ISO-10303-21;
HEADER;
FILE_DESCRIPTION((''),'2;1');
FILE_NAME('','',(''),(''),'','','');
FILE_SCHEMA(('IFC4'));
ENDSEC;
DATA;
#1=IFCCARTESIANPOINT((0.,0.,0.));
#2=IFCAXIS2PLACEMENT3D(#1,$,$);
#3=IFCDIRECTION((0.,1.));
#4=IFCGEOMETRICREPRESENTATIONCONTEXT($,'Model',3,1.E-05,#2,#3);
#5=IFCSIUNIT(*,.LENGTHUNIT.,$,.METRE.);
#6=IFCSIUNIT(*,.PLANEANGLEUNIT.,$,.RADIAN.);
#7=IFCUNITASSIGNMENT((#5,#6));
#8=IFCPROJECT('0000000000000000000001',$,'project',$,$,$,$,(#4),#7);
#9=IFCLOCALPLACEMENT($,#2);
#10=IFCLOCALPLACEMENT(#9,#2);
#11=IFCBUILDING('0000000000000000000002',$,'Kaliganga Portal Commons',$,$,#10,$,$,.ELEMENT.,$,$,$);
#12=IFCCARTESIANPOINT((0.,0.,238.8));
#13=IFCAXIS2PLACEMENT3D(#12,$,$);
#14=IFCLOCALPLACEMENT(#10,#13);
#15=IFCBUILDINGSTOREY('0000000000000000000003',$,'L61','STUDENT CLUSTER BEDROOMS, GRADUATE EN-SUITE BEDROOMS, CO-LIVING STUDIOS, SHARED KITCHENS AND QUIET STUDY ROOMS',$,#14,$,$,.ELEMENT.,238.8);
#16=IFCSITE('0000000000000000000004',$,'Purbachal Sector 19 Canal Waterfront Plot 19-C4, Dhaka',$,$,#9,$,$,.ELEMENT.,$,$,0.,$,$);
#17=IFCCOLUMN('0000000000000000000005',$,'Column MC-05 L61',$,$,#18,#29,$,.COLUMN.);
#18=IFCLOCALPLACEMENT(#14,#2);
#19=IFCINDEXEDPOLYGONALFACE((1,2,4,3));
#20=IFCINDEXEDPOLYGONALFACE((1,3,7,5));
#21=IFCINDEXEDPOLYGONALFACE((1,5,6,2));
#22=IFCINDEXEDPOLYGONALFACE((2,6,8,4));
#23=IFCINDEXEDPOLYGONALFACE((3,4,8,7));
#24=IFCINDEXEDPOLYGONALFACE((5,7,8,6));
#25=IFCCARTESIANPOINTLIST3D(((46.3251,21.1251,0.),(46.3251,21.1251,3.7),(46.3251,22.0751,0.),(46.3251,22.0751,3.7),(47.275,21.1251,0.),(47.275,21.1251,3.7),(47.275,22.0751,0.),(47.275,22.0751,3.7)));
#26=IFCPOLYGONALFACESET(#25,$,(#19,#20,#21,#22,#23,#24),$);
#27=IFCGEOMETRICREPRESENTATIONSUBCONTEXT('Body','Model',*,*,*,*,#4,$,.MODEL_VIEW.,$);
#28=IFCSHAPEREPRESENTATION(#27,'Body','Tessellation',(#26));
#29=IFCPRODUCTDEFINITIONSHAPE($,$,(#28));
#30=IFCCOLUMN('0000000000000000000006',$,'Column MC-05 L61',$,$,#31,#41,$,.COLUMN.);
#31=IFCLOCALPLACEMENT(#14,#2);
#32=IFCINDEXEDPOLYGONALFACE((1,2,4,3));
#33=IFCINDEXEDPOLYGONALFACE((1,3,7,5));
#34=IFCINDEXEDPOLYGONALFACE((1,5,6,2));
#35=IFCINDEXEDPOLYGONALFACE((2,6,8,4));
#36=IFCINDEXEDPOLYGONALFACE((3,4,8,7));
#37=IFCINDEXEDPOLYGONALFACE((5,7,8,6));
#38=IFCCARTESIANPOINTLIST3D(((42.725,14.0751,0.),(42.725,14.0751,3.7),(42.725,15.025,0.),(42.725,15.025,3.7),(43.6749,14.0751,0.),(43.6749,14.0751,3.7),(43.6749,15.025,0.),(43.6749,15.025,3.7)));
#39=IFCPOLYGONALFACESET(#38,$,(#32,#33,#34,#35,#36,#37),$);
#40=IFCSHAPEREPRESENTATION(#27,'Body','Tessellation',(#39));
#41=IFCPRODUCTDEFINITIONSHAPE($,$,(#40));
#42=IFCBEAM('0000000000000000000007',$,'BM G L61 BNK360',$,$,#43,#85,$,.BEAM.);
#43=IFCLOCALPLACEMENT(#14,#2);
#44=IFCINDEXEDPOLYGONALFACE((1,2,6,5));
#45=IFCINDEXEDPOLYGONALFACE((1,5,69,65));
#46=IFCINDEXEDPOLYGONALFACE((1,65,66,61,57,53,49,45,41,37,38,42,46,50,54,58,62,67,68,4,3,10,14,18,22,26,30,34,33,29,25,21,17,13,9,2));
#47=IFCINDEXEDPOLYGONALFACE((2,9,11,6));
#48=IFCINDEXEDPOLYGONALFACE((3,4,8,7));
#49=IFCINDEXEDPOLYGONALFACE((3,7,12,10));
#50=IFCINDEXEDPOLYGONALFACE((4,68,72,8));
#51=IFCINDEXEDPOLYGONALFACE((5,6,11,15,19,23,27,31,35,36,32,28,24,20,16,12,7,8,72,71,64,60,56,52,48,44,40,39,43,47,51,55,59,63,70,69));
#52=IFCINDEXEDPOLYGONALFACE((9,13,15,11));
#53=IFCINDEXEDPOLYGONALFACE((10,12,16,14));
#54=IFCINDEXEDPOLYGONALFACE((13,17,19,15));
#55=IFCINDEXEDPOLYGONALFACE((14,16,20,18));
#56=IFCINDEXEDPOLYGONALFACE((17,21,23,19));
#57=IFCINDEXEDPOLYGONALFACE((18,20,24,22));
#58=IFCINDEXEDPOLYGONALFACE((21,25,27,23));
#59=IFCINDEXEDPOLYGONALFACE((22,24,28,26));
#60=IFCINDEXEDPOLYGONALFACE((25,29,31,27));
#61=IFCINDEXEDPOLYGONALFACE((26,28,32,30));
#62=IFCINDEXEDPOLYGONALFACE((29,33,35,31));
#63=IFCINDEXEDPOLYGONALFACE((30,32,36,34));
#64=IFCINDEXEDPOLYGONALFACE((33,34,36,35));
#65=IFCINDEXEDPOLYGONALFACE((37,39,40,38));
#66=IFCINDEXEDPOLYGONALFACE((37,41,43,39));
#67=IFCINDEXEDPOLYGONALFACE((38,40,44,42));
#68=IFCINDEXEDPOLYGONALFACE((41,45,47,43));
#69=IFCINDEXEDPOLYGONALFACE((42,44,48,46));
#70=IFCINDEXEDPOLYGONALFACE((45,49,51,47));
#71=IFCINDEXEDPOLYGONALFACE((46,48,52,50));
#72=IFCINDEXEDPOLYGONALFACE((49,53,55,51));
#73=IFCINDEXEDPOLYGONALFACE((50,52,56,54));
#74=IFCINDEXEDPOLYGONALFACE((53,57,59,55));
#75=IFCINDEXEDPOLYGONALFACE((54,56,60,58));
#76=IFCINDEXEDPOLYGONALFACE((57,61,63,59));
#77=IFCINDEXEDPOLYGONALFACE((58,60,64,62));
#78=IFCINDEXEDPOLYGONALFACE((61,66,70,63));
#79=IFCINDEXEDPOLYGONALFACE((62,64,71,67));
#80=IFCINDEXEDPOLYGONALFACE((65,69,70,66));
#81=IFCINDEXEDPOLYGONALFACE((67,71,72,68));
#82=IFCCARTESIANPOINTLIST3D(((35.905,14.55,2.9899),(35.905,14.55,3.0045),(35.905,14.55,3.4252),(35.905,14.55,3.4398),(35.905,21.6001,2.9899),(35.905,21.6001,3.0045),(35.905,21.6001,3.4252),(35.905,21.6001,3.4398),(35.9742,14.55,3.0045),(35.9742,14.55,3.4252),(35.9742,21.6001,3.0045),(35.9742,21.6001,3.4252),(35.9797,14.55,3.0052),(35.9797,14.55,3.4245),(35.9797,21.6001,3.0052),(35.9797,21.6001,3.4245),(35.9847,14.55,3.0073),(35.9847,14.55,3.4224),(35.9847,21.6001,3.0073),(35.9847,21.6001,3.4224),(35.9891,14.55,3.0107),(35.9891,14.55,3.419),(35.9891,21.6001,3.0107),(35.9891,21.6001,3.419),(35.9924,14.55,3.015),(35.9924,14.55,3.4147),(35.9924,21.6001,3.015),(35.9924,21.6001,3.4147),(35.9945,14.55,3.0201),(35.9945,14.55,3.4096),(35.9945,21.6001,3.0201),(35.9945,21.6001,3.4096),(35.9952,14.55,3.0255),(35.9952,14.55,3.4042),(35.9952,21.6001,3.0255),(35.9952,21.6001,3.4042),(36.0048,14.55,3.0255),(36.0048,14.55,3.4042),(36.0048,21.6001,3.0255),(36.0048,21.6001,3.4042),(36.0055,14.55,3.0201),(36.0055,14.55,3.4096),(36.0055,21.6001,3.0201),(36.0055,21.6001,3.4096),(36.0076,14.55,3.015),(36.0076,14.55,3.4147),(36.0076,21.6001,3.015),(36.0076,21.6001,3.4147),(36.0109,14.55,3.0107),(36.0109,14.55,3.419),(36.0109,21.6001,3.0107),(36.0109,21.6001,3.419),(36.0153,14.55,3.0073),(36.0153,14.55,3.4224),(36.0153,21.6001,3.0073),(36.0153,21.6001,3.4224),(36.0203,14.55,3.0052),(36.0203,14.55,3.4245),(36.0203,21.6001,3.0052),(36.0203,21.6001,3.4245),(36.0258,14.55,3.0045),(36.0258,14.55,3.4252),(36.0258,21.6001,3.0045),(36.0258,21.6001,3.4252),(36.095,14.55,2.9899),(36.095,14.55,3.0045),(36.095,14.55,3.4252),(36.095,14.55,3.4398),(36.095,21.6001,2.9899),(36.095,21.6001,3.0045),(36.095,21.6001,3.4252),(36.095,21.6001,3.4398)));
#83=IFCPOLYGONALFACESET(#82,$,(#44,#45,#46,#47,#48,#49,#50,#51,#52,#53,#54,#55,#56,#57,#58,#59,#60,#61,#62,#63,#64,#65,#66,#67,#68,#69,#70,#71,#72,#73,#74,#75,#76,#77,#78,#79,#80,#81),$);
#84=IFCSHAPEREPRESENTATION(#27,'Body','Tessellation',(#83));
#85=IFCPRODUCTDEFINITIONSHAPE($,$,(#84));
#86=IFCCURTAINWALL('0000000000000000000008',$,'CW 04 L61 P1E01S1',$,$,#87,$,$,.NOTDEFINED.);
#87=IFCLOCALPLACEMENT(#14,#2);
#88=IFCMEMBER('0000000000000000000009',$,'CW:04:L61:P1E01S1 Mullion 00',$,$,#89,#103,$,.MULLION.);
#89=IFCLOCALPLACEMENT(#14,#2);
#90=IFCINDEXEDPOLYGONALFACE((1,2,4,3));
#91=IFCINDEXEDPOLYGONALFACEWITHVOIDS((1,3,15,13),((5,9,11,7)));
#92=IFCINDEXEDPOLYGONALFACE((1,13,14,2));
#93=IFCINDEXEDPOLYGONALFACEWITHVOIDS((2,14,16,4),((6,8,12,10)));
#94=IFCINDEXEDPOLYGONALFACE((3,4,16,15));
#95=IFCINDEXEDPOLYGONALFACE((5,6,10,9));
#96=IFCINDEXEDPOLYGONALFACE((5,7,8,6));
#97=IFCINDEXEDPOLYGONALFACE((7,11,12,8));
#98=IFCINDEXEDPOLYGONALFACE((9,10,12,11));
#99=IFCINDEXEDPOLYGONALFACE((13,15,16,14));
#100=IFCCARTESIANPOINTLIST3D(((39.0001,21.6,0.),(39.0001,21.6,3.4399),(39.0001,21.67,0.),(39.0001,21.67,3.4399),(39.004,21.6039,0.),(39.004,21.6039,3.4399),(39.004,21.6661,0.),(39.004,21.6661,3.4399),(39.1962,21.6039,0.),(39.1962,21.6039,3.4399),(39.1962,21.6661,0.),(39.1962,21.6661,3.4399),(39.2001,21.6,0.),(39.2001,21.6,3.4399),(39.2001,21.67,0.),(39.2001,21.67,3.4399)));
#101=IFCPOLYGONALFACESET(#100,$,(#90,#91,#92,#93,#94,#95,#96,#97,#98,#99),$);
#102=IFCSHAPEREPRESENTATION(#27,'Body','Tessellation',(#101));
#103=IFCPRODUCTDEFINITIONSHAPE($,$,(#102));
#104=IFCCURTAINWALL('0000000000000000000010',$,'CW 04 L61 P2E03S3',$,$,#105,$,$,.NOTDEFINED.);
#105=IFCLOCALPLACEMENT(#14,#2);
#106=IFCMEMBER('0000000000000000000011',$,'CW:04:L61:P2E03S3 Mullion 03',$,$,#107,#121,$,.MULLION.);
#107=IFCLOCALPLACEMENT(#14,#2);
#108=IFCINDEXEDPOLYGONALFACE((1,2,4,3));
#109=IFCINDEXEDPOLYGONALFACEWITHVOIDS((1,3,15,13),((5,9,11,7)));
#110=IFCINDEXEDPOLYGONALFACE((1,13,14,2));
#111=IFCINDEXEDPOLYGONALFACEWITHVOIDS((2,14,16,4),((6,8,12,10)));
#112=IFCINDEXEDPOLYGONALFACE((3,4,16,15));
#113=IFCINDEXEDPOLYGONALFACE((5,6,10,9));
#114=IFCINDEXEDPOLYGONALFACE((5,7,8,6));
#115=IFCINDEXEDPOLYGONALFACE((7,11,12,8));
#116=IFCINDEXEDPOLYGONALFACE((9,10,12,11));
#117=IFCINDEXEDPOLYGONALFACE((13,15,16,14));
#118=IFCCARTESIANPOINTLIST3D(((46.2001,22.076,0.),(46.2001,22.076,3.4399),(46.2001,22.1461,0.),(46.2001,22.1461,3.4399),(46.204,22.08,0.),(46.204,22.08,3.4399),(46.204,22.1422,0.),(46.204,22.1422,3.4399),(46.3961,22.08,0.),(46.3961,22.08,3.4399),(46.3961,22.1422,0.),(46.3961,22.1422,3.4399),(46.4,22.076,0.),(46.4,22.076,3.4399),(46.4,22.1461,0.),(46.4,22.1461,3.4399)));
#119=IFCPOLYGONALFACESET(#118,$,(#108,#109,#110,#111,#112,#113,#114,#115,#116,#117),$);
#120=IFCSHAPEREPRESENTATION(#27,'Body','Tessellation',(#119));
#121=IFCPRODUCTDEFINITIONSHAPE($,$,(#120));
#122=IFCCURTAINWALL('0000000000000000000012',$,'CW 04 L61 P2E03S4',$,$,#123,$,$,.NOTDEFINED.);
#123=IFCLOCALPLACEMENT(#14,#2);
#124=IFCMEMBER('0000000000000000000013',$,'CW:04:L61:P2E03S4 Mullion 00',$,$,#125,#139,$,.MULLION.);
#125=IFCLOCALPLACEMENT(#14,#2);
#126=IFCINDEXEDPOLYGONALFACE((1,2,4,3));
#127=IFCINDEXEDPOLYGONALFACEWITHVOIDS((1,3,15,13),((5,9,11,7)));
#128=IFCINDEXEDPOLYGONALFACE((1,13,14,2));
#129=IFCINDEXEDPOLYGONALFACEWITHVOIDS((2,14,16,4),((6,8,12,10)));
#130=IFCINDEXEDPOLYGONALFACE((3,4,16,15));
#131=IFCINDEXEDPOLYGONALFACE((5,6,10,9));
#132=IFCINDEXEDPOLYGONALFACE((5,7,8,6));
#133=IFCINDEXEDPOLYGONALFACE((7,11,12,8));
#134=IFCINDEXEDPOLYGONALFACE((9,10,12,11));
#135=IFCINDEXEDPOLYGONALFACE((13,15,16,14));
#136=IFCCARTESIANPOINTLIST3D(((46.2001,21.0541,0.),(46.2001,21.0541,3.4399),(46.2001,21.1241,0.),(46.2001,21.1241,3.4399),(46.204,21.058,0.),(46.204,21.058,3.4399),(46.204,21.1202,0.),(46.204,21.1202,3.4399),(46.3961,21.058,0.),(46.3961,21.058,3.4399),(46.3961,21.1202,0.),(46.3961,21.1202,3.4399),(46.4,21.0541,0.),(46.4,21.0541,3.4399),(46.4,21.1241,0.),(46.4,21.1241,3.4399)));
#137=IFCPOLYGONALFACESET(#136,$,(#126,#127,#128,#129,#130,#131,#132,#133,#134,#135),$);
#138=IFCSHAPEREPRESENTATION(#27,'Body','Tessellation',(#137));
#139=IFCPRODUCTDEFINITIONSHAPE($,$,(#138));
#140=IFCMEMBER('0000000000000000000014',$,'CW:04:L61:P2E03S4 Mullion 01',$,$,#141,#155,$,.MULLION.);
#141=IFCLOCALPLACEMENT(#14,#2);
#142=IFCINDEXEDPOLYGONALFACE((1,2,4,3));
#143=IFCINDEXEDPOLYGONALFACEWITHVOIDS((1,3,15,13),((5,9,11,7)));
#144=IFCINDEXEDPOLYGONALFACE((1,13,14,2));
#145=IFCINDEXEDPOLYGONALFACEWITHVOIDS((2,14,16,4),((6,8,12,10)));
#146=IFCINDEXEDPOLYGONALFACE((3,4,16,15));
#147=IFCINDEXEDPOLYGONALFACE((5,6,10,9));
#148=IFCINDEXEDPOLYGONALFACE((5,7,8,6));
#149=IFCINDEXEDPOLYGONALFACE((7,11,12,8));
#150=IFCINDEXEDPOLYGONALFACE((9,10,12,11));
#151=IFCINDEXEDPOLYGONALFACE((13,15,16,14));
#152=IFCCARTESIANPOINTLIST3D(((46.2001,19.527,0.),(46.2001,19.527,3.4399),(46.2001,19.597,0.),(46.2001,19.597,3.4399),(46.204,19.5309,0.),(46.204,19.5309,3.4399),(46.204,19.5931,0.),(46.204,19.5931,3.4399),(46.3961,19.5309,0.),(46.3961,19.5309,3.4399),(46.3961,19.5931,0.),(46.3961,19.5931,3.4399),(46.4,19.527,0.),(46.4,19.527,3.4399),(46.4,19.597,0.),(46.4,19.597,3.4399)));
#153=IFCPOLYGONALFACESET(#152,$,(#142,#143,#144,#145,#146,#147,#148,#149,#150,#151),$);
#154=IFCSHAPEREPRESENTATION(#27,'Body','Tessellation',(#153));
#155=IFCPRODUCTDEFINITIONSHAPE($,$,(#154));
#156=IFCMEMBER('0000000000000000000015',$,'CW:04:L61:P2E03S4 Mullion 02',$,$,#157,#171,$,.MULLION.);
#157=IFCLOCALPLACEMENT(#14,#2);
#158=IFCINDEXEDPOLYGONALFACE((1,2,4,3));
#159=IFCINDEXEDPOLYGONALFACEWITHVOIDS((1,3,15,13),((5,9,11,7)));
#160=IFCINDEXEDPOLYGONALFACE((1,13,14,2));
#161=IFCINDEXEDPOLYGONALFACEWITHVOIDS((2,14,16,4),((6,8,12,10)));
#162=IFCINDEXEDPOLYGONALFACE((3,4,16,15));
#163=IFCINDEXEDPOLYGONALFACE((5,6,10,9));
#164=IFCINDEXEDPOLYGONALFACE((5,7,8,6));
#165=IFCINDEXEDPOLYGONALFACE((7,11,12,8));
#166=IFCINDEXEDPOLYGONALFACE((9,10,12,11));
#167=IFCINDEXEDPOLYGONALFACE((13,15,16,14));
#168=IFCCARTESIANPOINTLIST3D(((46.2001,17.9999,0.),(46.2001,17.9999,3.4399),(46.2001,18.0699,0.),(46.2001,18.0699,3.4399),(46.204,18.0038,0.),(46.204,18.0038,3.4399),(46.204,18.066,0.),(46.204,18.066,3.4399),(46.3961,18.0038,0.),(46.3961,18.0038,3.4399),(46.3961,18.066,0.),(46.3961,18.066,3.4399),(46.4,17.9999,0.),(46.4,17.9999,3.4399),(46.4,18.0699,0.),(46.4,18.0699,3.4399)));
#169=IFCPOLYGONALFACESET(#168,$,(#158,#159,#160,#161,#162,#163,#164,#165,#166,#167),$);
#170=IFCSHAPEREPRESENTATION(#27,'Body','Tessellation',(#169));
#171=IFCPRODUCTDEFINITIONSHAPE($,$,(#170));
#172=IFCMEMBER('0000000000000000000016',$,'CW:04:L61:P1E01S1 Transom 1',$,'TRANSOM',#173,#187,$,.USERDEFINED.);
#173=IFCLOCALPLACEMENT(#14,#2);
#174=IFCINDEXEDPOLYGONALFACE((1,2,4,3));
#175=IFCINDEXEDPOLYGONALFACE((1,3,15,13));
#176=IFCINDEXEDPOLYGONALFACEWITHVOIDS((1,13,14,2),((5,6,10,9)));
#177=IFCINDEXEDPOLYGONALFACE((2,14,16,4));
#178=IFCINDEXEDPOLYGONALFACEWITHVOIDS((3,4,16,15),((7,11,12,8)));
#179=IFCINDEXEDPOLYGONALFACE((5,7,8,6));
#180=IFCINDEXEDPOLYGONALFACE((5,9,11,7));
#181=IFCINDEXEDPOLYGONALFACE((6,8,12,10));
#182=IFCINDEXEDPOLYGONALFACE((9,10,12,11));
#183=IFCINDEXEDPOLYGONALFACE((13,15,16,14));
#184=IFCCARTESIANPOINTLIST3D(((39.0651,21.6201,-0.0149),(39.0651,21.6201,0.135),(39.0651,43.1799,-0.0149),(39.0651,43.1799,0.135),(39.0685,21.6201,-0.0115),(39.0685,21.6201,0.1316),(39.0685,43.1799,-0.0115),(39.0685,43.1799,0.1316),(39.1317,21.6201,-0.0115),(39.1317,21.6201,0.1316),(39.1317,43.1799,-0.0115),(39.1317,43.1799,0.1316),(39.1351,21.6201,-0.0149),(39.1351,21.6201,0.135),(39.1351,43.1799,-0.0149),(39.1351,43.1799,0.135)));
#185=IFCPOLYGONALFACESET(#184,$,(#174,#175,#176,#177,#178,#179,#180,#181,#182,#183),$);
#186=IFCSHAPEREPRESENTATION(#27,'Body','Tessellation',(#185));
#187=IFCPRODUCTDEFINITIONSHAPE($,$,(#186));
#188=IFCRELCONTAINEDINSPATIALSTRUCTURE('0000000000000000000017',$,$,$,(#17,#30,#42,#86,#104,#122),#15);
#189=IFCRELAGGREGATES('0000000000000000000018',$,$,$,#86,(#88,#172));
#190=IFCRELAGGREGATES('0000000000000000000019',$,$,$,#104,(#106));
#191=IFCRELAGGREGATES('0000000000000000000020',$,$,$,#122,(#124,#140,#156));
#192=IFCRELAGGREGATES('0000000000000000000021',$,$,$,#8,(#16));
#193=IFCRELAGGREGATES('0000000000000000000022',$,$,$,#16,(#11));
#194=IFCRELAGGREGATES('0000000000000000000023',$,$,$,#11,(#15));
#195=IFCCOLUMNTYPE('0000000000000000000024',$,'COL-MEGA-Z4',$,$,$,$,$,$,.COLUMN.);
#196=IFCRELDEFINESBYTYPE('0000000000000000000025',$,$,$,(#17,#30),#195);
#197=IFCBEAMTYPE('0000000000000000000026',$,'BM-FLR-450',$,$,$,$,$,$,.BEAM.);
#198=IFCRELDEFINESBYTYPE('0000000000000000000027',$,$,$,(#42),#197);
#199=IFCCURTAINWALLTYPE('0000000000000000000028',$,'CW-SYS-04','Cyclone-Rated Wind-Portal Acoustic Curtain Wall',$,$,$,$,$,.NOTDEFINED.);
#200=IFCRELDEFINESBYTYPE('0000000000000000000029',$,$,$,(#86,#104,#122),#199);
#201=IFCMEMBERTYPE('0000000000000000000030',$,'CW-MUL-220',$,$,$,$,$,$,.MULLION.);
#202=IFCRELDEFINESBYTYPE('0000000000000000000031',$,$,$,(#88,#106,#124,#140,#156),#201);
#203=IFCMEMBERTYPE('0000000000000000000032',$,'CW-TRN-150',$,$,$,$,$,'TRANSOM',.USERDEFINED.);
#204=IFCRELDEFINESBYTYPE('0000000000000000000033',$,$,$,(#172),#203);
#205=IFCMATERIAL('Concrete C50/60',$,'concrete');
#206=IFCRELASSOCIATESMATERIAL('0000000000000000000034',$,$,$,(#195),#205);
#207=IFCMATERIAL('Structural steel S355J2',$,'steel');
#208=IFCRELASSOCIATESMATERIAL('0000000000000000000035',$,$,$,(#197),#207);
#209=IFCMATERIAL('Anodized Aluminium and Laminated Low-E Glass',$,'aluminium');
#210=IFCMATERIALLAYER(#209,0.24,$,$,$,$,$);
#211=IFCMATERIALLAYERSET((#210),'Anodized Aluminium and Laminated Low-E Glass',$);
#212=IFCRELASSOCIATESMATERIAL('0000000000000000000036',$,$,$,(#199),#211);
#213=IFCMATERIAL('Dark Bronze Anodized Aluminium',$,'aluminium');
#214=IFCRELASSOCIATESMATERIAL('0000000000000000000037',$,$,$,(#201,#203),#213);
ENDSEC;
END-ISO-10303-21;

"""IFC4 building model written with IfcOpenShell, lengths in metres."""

from ifc_helpers import new_model, si_unit, direction, frame, origin, origin_2d, place, context, subcontext, project, spatial, rectangle, hollow_rectangle, i_section, extrude, source, transform, mapped, material, layer, layer_set, material_profile, profile_set, type_object, element, aggregate, save


model = new_model("IFC4")

# Units and contexts
model_context = context("Model", 3, precision=1e-05, world=origin(), true_north=direction((0.0, 1.0)))
body_context = subcontext(model_context, "Body", "Model", "MODEL_VIEW")
ifc_project = project(units=[si_unit("LENGTHUNIT", "METRE"), si_unit("PLANEANGLEUNIT", "RADIAN")], contexts=[model_context])

# Site, building, storey
site_placement = place(None, origin())
site = spatial("IfcSite", under=ifc_project, at=site_placement, Name="Purbachal Sector 19 Canal Waterfront Plot 19-C4, Dhaka", CompositionType="ELEMENT", RefElevation=0.0)
building_placement = place(site_placement, origin())
building = spatial("IfcBuilding", under=site, at=building_placement, Name="Kaliganga Portal Commons", CompositionType="ELEMENT")
storey_placement = place(building_placement, frame((0.0, 0.0, 238.8)))
storey = spatial("IfcBuildingStorey", under=building, at=storey_placement, Name="L61", Description="STUDENT CLUSTER BEDROOMS, GRADUATE EN-SUITE BEDROOMS, CO-LIVING STUDIOS, SHARED KITCHENS AND QUIET STUDY ROOMS", CompositionType="ELEMENT", Elevation=238.8)

# Columns
ifc_material_1 = material(Name="Concrete C50/60", Category="concrete")
ifc_material_profile_1 = material_profile(ifc_material_1, rectangle(XDim=0.95, YDim=0.95, at=origin_2d()), Name="RC 950x950")
ifc_profile_set_1 = profile_set([ifc_material_profile_1], Name="Concrete C50/60")
column_type = type_object("IfcColumnType", Name="COL-MEGA-Z4", PredefinedType="COLUMN", material=ifc_profile_set_1)
shared_shape_1 = source(origin(), body_context, "Body", "SweptSolid", [
    extrude(rectangle(XDim=0.95, YDim=0.95, at=origin_2d()), origin(), (0.0, 0.0, 1.0), 3.7),
])
for number, where, z_axis, x_axis, name in (
    (1, (46.8, 21.6001, 0.0), (0.0, 0.0, 1.0), (1.0, 0.0, 0.0), "Column MC-05 L61"),
    (2, (43.2, 14.55, 0.0), (0.0, 0.0, 1.0), (1.0, 0.0, 0.0), "Column MC-05 L61"),
):
    element("IfcColumn", number, at=place(storey_placement, frame(where, z_axis=z_axis, x_axis=x_axis)), inside=storey, type_object=column_type, Name=name, PredefinedType="COLUMN", context=body_context, shape_type="MappedRepresentation", body=[
        mapped(shared_shape_1, transform((0.0, 0.0, 0.0), x_axis=(1.0, 0.0, 0.0), y_axis=(0.0, 1.0, 0.0), z_axis=(0.0, 0.0, 1.0), scale=1.0)),
    ])

# Beam
ifc_material_2 = material(Name="Structural steel S355J2", Category="steel")
ifc_material_profile_2 = material_profile(ifc_material_2, i_section(OverallWidth=0.1899, OverallDepth=0.45, WebThickness=0.0095, FlangeThickness=0.0146, FilletRadius=0.021, at=origin_2d()), Name="IPE 450")
ifc_profile_set_2 = profile_set([ifc_material_profile_2], Name="Structural steel S355J2 wide-flange")
beam_type = type_object("IfcBeamType", Name="BM-FLR-450", PredefinedType="BEAM", material=ifc_profile_set_2)
shared_shape_2 = source(origin(), body_context, "Body", "SweptSolid", [
    extrude(i_section(OverallWidth=0.1899, OverallDepth=0.45, WebThickness=0.0095, FlangeThickness=0.0146, FilletRadius=0.021, at=origin_2d()), origin(), (0.0, 0.0, 1.0), 7.05),
])
beam_placement = place(storey_placement, frame((36.0, 14.55, 3.2148), z_axis=(0.0, 1.0, 0.0), x_axis=(-1.0, 0.0, 0.0)))
element("IfcBeam", 3, at=beam_placement, inside=storey, type_object=beam_type, Name="BM G L61 BNK360", PredefinedType="BEAM", context=body_context, shape_type="MappedRepresentation", body=[
    mapped(shared_shape_2, transform((0.0, 0.0, 0.0), x_axis=(1.0, 0.0, 0.0), y_axis=(0.0, 1.0, 0.0), z_axis=(0.0, 0.0, 1.0), scale=1.0)),
])

# Curtain walls, members
ifc_material_3 = material(Name="Anodized Aluminium and Laminated Low-E Glass", Category="aluminium")
ifc_layer_1 = layer(ifc_material_3, 0.24)
ifc_layer_set_1 = layer_set([ifc_layer_1], Name="Anodized Aluminium and Laminated Low-E Glass")
curtain_wall_type = type_object("IfcCurtainWallType", Name="CW-SYS-04", Description="Cyclone-Rated Wind-Portal Acoustic Curtain Wall", PredefinedType="NOTDEFINED", material=ifc_layer_set_1)
curtain_wall_1_placement = place(storey_placement, origin())
curtain_wall_1 = element("IfcCurtainWall", 4, at=curtain_wall_1_placement, inside=storey, type_object=curtain_wall_type, Name="CW 04 L61 P1E01S1", PredefinedType="NOTDEFINED")
ifc_material_4 = material(Name="Dark Bronze Anodized Aluminium", Category="aluminium")
ifc_material_profile_3 = material_profile(ifc_material_4, hollow_rectangle(XDim=0.0701, YDim=0.2, WallThickness=0.0039, at=origin_2d()), Name="ALU MULL 70x200x4")
ifc_profile_set_3 = profile_set([ifc_material_profile_3], Name="Dark Bronze Anodized Aluminium")
member_type_1 = type_object("IfcMemberType", Name="CW-MUL-220", PredefinedType="MULLION", material=ifc_profile_set_3)
shared_shape_3 = source(origin(), body_context, "Body", "SweptSolid", [
    extrude(hollow_rectangle(XDim=0.0701, YDim=0.2, WallThickness=0.0039, at=origin_2d()), origin(), (0.0, 0.0, 1.0), 3.4399),
])
member_1_placement = place(storey_placement, frame((39.1001, 21.635, 0.0), z_axis=(0.0, 0.0, 1.0), x_axis=(0.0, 1.0, 0.0)))
member_1 = element("IfcMember", 5, at=member_1_placement, type_object=member_type_1, Name="CW:04:L61:P1E01S1 Mullion 00", PredefinedType="MULLION", context=body_context, shape_type="MappedRepresentation", body=[
    mapped(shared_shape_3, transform((0.0, 0.0, 0.0), x_axis=(1.0, 0.0, 0.0), y_axis=(0.0, 1.0, 0.0), z_axis=(0.0, 0.0, 1.0), scale=1.0)),
])
curtain_wall_2_placement = place(storey_placement, origin())
curtain_wall_2 = element("IfcCurtainWall", 6, at=curtain_wall_2_placement, inside=storey, type_object=curtain_wall_type, Name="CW 04 L61 P2E03S3", PredefinedType="NOTDEFINED")
member_2_placement = place(storey_placement, frame((46.3, 22.1111, 0.0), z_axis=(0.0, 0.0, 1.0), x_axis=(0.0, -1.0, 0.0)))
member_2 = element("IfcMember", 7, at=member_2_placement, type_object=member_type_1, Name="CW:04:L61:P2E03S3 Mullion 03", PredefinedType="MULLION", context=body_context, shape_type="MappedRepresentation", body=[
    mapped(shared_shape_3, transform((0.0, 0.0, 0.0), x_axis=(1.0, 0.0, 0.0), y_axis=(0.0, 1.0, 0.0), z_axis=(0.0, 0.0, 1.0), scale=1.0)),
])

# Curtain wall, members
curtain_wall_3_placement = place(storey_placement, origin())
curtain_wall_3 = element("IfcCurtainWall", 8, at=curtain_wall_3_placement, inside=storey, type_object=curtain_wall_type, Name="CW 04 L61 P2E03S4", PredefinedType="NOTDEFINED")
member_3_placement = place(storey_placement, frame((46.3, 21.0891, 0.0), z_axis=(0.0, 0.0, 1.0), x_axis=(0.0, -1.0, 0.0)))
member_3 = element("IfcMember", 9, at=member_3_placement, type_object=member_type_1, Name="CW:04:L61:P2E03S4 Mullion 00", PredefinedType="MULLION", context=body_context, shape_type="MappedRepresentation", body=[
    mapped(shared_shape_3, transform((0.0, 0.0, 0.0), x_axis=(1.0, 0.0, 0.0), y_axis=(0.0, 1.0, 0.0), z_axis=(0.0, 0.0, 1.0), scale=1.0)),
])
member_4_placement = place(storey_placement, frame((46.3, 19.562, 0.0), z_axis=(0.0, 0.0, 1.0), x_axis=(0.0, -1.0, 0.0)))
member_4 = element("IfcMember", 10, at=member_4_placement, type_object=member_type_1, Name="CW:04:L61:P2E03S4 Mullion 01", PredefinedType="MULLION", context=body_context, shape_type="MappedRepresentation", body=[
    mapped(shared_shape_3, transform((0.0, 0.0, 0.0), x_axis=(1.0, 0.0, 0.0), y_axis=(0.0, 1.0, 0.0), z_axis=(0.0, 0.0, 1.0), scale=1.0)),
])
member_5_placement = place(storey_placement, frame((46.3, 18.0349, 0.0), z_axis=(0.0, 0.0, 1.0), x_axis=(0.0, -1.0, 0.0)))
member_5 = element("IfcMember", 11, at=member_5_placement, type_object=member_type_1, Name="CW:04:L61:P2E03S4 Mullion 02", PredefinedType="MULLION", context=body_context, shape_type="MappedRepresentation", body=[
    mapped(shared_shape_3, transform((0.0, 0.0, 0.0), x_axis=(1.0, 0.0, 0.0), y_axis=(0.0, 1.0, 0.0), z_axis=(0.0, 0.0, 1.0), scale=1.0)),
])

# Member
ifc_material_profile_4 = material_profile(ifc_material_4, hollow_rectangle(XDim=0.0701, YDim=0.1499, WallThickness=0.0034, at=origin_2d()), Name="ALU TRAN 70x150x3.5")
ifc_profile_set_4 = profile_set([ifc_material_profile_4], Name="Dark Bronze Anodized Aluminium")
member_type_2 = type_object("IfcMemberType", Name="CW-TRN-150", ElementType="TRANSOM", PredefinedType="USERDEFINED", material=ifc_profile_set_4)
shared_shape_4 = source(origin(), body_context, "Body", "SweptSolid", [
    extrude(hollow_rectangle(XDim=0.0701, YDim=0.1499, WallThickness=0.0034, at=origin_2d()), origin(), (0.0, 0.0, 1.0), 21.5598),
])
member_6_placement = place(storey_placement, frame((39.1001, 21.6201, 0.0601), z_axis=(0.0, 1.0, 0.0), x_axis=(-1.0, 0.0, 0.0)))
member_6 = element("IfcMember", 12, at=member_6_placement, type_object=member_type_2, Name="CW:04:L61:P1E01S1 Transom 1", ObjectType="TRANSOM", PredefinedType="USERDEFINED", context=body_context, shape_type="MappedRepresentation", body=[
    mapped(shared_shape_4, transform((0.0, 0.0, 0.0), x_axis=(1.0, 0.0, 0.0), y_axis=(0.0, 1.0, 0.0), z_axis=(0.0, 0.0, 1.0), scale=1.0)),
])
aggregate(curtain_wall_1, [member_1, member_6])

aggregate(curtain_wall_2, [member_2])
aggregate(curtain_wall_3, [member_3, member_4, member_5])

save(model, "model.ifc")
